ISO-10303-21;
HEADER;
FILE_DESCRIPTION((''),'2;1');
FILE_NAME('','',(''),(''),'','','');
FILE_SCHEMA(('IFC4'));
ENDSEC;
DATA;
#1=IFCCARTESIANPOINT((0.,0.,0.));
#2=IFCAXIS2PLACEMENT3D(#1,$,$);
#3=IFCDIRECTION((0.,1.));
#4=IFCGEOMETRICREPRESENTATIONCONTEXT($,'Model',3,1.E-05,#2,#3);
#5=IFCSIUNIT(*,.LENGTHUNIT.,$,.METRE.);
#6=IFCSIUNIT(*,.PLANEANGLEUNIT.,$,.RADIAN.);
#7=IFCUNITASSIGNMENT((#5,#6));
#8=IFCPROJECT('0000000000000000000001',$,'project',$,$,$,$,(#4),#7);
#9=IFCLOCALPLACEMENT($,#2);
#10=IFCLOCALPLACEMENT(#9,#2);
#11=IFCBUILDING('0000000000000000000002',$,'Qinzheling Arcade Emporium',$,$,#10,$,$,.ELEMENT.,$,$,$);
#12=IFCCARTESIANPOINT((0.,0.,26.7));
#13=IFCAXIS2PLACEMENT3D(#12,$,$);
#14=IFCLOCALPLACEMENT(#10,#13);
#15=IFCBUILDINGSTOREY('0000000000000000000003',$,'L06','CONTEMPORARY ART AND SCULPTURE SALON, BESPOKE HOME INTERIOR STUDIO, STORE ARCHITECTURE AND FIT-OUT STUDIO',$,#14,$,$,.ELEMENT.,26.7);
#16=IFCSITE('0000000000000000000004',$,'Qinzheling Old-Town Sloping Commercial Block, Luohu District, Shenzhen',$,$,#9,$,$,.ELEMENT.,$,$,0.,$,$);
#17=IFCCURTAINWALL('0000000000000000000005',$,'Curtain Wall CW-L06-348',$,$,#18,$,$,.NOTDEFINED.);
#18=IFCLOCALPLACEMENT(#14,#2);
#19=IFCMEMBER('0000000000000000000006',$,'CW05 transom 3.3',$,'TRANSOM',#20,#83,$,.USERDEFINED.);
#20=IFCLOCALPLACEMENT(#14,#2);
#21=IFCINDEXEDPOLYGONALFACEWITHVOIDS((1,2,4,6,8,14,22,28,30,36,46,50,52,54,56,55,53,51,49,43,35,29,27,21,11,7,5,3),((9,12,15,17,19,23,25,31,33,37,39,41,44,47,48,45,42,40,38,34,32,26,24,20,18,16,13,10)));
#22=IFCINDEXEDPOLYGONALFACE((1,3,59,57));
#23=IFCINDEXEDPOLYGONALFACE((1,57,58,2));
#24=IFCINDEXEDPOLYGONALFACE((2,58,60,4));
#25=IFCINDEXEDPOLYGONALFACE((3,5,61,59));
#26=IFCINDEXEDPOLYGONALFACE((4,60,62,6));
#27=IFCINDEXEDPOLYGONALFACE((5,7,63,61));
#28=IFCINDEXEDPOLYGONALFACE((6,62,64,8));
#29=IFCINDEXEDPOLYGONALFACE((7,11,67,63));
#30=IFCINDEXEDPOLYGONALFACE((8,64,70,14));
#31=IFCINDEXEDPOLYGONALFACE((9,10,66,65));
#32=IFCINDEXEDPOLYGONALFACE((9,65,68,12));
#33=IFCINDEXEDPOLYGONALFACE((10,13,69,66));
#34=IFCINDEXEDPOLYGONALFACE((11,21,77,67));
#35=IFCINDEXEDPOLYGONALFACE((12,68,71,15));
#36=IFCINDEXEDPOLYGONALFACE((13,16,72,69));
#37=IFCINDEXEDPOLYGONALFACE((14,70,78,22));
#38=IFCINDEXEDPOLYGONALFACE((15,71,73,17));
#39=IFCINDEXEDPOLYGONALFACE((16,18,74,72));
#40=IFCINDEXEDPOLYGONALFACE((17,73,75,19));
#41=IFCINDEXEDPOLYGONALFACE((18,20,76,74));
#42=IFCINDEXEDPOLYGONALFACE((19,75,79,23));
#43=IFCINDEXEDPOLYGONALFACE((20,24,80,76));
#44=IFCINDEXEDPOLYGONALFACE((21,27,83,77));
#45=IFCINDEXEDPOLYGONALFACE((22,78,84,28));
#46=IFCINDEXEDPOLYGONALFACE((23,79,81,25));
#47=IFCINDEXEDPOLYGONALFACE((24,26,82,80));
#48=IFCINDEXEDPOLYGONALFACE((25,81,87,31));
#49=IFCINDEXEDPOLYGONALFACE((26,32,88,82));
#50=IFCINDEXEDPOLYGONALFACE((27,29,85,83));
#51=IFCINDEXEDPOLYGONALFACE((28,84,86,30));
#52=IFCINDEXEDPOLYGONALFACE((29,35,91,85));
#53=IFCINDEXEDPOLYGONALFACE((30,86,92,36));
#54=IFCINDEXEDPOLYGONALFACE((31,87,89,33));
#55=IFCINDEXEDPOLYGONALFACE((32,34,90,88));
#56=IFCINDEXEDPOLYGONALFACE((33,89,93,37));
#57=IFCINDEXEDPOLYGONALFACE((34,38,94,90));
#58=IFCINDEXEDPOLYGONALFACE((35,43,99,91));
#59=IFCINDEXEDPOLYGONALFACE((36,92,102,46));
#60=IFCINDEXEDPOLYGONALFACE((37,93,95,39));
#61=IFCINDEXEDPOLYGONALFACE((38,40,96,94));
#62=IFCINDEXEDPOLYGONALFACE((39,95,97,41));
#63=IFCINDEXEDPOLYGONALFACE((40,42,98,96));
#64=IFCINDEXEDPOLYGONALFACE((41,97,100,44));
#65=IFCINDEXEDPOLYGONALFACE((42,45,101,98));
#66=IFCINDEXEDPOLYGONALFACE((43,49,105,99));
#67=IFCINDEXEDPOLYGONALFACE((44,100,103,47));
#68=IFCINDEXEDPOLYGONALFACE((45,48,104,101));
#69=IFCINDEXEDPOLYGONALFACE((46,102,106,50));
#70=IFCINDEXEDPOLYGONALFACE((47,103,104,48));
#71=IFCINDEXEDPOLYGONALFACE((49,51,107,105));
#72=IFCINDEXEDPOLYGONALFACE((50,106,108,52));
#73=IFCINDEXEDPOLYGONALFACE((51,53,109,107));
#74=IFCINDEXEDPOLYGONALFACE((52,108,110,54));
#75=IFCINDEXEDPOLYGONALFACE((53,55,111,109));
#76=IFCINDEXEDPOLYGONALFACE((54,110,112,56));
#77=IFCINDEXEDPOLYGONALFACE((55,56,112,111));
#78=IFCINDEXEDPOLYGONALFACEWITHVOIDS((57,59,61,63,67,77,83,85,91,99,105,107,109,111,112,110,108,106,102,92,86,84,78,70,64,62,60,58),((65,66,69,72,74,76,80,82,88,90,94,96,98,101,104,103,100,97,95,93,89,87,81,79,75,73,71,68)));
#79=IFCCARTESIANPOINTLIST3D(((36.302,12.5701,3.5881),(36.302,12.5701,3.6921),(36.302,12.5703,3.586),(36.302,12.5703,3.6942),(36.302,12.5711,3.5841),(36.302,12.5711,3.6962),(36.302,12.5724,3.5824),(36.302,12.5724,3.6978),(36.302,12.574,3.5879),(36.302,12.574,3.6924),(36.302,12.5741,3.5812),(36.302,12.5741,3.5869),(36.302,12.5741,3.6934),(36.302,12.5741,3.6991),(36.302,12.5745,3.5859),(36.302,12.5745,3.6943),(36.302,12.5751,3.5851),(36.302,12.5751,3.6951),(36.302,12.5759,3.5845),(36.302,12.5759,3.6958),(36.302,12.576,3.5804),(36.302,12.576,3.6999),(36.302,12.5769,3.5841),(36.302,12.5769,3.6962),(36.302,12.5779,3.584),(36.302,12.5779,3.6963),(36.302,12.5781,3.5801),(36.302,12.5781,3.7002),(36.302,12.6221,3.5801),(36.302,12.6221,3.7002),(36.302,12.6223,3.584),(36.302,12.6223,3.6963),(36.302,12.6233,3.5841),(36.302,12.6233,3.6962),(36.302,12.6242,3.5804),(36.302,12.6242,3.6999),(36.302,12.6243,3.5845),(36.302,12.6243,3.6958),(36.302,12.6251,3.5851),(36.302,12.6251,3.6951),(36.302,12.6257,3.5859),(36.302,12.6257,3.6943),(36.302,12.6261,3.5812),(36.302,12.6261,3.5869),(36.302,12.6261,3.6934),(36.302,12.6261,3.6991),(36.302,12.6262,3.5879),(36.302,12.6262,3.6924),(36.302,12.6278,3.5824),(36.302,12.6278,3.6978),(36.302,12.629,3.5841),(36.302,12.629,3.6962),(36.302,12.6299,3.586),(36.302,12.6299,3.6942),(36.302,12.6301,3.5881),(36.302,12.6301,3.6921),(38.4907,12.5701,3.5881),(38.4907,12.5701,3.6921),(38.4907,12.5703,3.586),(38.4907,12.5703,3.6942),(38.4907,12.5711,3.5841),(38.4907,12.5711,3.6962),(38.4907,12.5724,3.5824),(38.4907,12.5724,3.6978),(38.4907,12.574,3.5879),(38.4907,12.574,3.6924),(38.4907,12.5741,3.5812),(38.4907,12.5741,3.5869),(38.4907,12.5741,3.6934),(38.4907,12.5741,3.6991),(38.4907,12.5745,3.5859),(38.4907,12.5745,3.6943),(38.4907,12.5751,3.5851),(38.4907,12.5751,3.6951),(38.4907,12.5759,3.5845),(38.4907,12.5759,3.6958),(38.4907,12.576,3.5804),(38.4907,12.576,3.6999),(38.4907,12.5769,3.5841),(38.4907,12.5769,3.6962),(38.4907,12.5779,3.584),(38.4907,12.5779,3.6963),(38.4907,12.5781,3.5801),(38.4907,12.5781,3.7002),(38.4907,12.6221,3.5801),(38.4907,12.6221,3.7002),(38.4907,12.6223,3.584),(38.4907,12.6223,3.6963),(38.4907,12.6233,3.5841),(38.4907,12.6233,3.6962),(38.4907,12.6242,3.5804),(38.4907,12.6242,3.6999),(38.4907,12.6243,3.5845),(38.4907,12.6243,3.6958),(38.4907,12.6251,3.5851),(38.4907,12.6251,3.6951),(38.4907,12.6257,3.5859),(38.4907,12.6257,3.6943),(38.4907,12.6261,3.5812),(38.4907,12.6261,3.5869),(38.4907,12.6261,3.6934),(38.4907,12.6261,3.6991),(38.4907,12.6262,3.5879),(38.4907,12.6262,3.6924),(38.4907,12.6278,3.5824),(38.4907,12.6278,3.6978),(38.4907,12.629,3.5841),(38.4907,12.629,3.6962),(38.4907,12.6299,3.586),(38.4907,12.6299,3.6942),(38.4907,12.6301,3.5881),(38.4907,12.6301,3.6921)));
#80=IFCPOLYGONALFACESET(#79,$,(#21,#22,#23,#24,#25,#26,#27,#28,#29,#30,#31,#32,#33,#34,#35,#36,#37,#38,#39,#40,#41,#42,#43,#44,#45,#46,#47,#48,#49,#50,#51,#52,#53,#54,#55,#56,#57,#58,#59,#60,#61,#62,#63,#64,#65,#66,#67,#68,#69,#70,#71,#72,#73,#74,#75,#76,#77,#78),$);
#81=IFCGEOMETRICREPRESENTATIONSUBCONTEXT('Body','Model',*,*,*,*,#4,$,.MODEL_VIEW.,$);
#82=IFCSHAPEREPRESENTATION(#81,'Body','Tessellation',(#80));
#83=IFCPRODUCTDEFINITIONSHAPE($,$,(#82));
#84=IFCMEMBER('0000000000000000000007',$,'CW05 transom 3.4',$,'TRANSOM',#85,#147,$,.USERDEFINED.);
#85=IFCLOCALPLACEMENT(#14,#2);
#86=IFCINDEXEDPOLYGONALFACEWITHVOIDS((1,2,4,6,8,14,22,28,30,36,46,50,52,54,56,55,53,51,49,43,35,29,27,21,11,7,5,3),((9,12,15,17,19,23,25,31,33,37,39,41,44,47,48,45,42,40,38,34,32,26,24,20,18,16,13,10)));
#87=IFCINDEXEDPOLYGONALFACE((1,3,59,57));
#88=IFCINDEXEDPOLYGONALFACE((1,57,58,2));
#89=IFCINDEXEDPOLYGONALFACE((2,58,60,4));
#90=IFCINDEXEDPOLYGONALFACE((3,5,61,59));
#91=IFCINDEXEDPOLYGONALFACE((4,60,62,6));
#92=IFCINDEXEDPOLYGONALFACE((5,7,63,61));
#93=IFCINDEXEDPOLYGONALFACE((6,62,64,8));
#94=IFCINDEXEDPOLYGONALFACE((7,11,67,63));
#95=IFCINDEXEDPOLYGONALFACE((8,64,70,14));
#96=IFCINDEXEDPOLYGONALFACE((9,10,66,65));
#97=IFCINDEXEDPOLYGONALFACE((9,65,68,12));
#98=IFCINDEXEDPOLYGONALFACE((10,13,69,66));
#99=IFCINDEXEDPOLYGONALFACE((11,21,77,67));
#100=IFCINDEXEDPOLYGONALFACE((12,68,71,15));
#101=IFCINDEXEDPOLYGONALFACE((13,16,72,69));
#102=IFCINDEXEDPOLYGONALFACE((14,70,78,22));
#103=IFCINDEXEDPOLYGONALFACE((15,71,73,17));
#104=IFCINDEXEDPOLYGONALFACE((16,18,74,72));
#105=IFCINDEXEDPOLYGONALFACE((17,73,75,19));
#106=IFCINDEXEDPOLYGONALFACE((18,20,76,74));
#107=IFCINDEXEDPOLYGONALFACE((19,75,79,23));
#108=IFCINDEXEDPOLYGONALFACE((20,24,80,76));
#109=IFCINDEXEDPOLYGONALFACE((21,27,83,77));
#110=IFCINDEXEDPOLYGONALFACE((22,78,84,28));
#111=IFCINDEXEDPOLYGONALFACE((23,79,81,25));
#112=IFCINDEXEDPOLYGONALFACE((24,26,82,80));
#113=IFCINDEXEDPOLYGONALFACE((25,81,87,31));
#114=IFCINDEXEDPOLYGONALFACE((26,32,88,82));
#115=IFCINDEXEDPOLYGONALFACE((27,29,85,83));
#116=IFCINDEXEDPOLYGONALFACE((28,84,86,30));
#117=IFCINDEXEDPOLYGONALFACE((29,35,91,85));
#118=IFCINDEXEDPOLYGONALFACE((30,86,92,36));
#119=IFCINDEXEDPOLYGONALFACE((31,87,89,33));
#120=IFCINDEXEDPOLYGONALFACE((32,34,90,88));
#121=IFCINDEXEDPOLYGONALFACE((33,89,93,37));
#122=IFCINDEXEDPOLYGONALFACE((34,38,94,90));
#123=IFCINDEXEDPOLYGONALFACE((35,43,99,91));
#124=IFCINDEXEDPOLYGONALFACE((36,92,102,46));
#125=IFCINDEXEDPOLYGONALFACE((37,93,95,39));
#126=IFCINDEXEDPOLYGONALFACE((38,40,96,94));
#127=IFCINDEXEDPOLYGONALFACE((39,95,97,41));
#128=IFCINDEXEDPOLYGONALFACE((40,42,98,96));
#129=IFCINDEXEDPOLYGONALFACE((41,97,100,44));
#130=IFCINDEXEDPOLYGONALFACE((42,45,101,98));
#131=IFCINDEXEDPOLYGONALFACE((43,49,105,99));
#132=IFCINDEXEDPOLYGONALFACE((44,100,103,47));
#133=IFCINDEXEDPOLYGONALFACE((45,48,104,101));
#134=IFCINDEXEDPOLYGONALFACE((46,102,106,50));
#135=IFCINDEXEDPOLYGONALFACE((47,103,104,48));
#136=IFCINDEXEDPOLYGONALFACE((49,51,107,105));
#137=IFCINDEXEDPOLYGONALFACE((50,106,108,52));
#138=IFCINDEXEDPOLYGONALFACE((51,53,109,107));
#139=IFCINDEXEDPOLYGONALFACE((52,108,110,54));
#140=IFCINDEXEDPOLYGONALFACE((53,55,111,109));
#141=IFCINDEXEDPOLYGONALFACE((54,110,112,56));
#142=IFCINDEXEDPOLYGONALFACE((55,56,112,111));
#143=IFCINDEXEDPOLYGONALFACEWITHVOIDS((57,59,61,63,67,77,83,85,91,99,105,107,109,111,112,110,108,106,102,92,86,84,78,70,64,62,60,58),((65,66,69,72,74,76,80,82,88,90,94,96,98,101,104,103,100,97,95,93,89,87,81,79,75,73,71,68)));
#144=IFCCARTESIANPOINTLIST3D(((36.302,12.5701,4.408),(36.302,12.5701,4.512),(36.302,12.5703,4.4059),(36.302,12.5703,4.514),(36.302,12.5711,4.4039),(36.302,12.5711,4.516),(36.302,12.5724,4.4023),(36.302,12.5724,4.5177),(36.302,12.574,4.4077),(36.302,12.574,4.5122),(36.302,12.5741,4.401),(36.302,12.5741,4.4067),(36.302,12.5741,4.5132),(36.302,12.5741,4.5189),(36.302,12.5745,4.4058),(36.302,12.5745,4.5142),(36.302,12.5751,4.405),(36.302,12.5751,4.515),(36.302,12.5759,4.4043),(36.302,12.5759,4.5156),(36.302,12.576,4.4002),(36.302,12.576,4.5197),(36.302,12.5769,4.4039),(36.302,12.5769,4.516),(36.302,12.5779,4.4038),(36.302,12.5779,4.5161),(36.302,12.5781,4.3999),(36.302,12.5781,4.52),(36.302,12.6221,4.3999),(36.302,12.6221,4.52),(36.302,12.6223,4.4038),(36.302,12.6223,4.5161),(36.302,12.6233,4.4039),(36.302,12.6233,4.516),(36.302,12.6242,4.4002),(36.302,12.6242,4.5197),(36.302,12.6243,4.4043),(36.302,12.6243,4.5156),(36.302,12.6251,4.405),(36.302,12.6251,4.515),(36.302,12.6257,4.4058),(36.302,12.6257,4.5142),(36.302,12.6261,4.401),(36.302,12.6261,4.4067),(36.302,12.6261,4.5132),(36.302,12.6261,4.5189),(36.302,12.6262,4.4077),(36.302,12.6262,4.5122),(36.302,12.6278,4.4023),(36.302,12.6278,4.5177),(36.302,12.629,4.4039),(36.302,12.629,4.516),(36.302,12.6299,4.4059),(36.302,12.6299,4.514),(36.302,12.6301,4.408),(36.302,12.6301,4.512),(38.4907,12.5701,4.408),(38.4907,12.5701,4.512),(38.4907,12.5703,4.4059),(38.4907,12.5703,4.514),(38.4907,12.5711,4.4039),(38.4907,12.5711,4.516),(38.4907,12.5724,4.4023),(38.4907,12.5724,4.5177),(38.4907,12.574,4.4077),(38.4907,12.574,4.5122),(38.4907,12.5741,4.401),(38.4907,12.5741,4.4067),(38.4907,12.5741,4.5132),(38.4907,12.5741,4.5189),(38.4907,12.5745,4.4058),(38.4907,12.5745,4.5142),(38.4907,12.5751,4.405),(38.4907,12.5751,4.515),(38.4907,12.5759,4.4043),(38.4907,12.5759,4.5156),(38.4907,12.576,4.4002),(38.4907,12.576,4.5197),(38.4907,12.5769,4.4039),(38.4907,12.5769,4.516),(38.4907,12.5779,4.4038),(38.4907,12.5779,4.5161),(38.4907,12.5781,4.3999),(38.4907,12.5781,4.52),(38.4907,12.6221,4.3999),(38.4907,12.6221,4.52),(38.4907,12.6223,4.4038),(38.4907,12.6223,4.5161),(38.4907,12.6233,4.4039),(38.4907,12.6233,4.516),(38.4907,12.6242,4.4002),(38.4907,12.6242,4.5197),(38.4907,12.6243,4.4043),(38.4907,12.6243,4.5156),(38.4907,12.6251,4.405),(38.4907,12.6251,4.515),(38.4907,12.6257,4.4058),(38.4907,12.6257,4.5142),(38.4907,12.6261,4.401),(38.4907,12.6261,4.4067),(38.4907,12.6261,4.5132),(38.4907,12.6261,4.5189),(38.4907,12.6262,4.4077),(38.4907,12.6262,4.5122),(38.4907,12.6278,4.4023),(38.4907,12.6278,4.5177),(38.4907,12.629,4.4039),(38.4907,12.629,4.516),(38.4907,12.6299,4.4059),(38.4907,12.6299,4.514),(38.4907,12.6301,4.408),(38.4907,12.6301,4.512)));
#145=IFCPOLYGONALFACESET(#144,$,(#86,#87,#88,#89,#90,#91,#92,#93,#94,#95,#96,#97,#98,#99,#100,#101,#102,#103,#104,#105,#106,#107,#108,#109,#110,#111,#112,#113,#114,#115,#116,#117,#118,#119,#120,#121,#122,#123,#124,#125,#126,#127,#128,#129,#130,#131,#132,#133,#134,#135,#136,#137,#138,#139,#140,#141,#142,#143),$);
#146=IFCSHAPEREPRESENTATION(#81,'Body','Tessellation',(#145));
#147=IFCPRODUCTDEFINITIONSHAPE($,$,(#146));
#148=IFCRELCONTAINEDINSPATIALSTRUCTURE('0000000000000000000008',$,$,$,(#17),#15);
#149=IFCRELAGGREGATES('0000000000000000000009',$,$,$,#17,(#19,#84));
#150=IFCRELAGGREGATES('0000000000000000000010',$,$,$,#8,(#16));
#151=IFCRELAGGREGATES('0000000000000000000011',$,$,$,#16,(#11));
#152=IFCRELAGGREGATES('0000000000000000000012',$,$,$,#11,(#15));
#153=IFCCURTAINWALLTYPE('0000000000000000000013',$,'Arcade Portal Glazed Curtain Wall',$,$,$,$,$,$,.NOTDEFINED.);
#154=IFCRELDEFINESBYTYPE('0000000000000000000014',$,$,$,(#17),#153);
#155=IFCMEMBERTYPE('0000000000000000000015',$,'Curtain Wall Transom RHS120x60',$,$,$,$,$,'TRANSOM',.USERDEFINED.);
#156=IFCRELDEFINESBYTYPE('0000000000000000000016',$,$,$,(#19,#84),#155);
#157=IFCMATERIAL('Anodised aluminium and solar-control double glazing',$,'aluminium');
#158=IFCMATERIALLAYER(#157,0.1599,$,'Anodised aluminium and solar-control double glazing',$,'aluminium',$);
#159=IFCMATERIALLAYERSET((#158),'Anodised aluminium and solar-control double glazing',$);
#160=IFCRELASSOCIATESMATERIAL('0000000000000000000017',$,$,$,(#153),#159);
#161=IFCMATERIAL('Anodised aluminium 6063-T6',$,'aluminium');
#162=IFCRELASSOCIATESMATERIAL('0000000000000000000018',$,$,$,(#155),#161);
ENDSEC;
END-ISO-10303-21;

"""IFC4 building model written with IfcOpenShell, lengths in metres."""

from ifc_helpers import new_model, si_unit, direction, frame, origin, origin_2d, place, context, subcontext, project, spatial, hollow_rectangle, extrude, material, layer, layer_set, material_profile, profile_set, type_object, element, aggregate, save


model = new_model("IFC4")

# Units and contexts
model_context = context("Model", 3, precision=1e-05, world=origin(), true_north=direction((0.0, 1.0)))
body_context = subcontext(model_context, "Body", "Model", "MODEL_VIEW")
ifc_project = project(units=[si_unit("LENGTHUNIT", "METRE"), si_unit("PLANEANGLEUNIT", "RADIAN")], contexts=[model_context])

# Site, building, storey
site_placement = place(None, origin())
site = spatial("IfcSite", under=ifc_project, at=site_placement, Name="Qinzheling Old-Town Sloping Commercial Block, Luohu District, Shenzhen", CompositionType="ELEMENT", RefElevation=0.0)
building_placement = place(site_placement, origin())
building = spatial("IfcBuilding", under=site, at=building_placement, Name="Qinzheling Arcade Emporium", CompositionType="ELEMENT")
storey_placement = place(building_placement, frame((0.0, 0.0, 26.7)))
storey = spatial("IfcBuildingStorey", under=building, at=storey_placement, Name="L06", Description="CONTEMPORARY ART AND SCULPTURE SALON, BESPOKE HOME INTERIOR STUDIO, STORE ARCHITECTURE AND FIT-OUT STUDIO", CompositionType="ELEMENT", Elevation=26.7)

# Curtain wall
ifc_material_1 = material(Name="Anodised aluminium and solar-control double glazing", Category="aluminium")
ifc_layer_1 = layer(ifc_material_1, 0.1599, Name="Anodised aluminium and solar-control double glazing", Category="aluminium")
ifc_layer_set_1 = layer_set([ifc_layer_1], Name="Anodised aluminium and solar-control double glazing")
curtain_wall_type = type_object("IfcCurtainWallType", Name="Arcade Portal Glazed Curtain Wall", PredefinedType="NOTDEFINED", material=ifc_layer_set_1)
curtain_wall_1_placement = place(storey_placement, origin())
curtain_wall_1 = element("IfcCurtainWall", 1, at=curtain_wall_1_placement, inside=storey, type_object=curtain_wall_type, Name="Curtain Wall CW-L06-348", PredefinedType="NOTDEFINED")
ifc_material_2 = material(Name="Anodised aluminium 6063-T6", Category="aluminium")

# Members
ifc_material_profile_1 = material_profile(ifc_material_2, hollow_rectangle(XDim=0.0601, YDim=0.1201, WallThickness=0.0039, InnerFilletRadius=0.0039, OuterFilletRadius=0.0081, at=origin_2d()), Name="RHS 120x60x4", Category="aluminium")
ifc_profile_set_1 = profile_set([ifc_material_profile_1], Name="Anodised aluminium 6063-T6")
member_type_1 = type_object("IfcMemberType", Name="Curtain Wall Transom RHS120x60", ElementType="TRANSOM", PredefinedType="USERDEFINED", material=ifc_profile_set_1)
member_1_placement = place(storey_placement, frame((38.4907, 12.6001, 3.6401), z_axis=(-1.0, 0.0, 0.0), x_axis=(0.0, -1.0, 0.0)))
member_1 = element("IfcMember", 2, at=member_1_placement, type_object=member_type_1, Name="CW05 transom 3.3", ObjectType="TRANSOM", PredefinedType="USERDEFINED", context=body_context, shape_type="SweptSolid", body=[
    extrude(hollow_rectangle(XDim=0.0601, YDim=0.1201, WallThickness=0.0039, InnerFilletRadius=0.0039, OuterFilletRadius=0.0081, at=origin_2d()), origin(), (0.0, 0.0, 1.0), 2.1887),
])
member_2_placement = place(storey_placement, frame((38.4907, 12.6001, 4.46), z_axis=(-1.0, 0.0, 0.0), x_axis=(0.0, -1.0, 0.0)))
member_2 = element("IfcMember", 3, at=member_2_placement, type_object=member_type_1, Name="CW05 transom 3.4", ObjectType="TRANSOM", PredefinedType="USERDEFINED", context=body_context, shape_type="SweptSolid", body=[
    extrude(hollow_rectangle(XDim=0.0601, YDim=0.1201, WallThickness=0.0039, InnerFilletRadius=0.0039, OuterFilletRadius=0.0081, at=origin_2d()), origin(), (0.0, 0.0, 1.0), 2.1887),
])

aggregate(curtain_wall_1, [member_1, member_2])

save(model, "model.ifc")
